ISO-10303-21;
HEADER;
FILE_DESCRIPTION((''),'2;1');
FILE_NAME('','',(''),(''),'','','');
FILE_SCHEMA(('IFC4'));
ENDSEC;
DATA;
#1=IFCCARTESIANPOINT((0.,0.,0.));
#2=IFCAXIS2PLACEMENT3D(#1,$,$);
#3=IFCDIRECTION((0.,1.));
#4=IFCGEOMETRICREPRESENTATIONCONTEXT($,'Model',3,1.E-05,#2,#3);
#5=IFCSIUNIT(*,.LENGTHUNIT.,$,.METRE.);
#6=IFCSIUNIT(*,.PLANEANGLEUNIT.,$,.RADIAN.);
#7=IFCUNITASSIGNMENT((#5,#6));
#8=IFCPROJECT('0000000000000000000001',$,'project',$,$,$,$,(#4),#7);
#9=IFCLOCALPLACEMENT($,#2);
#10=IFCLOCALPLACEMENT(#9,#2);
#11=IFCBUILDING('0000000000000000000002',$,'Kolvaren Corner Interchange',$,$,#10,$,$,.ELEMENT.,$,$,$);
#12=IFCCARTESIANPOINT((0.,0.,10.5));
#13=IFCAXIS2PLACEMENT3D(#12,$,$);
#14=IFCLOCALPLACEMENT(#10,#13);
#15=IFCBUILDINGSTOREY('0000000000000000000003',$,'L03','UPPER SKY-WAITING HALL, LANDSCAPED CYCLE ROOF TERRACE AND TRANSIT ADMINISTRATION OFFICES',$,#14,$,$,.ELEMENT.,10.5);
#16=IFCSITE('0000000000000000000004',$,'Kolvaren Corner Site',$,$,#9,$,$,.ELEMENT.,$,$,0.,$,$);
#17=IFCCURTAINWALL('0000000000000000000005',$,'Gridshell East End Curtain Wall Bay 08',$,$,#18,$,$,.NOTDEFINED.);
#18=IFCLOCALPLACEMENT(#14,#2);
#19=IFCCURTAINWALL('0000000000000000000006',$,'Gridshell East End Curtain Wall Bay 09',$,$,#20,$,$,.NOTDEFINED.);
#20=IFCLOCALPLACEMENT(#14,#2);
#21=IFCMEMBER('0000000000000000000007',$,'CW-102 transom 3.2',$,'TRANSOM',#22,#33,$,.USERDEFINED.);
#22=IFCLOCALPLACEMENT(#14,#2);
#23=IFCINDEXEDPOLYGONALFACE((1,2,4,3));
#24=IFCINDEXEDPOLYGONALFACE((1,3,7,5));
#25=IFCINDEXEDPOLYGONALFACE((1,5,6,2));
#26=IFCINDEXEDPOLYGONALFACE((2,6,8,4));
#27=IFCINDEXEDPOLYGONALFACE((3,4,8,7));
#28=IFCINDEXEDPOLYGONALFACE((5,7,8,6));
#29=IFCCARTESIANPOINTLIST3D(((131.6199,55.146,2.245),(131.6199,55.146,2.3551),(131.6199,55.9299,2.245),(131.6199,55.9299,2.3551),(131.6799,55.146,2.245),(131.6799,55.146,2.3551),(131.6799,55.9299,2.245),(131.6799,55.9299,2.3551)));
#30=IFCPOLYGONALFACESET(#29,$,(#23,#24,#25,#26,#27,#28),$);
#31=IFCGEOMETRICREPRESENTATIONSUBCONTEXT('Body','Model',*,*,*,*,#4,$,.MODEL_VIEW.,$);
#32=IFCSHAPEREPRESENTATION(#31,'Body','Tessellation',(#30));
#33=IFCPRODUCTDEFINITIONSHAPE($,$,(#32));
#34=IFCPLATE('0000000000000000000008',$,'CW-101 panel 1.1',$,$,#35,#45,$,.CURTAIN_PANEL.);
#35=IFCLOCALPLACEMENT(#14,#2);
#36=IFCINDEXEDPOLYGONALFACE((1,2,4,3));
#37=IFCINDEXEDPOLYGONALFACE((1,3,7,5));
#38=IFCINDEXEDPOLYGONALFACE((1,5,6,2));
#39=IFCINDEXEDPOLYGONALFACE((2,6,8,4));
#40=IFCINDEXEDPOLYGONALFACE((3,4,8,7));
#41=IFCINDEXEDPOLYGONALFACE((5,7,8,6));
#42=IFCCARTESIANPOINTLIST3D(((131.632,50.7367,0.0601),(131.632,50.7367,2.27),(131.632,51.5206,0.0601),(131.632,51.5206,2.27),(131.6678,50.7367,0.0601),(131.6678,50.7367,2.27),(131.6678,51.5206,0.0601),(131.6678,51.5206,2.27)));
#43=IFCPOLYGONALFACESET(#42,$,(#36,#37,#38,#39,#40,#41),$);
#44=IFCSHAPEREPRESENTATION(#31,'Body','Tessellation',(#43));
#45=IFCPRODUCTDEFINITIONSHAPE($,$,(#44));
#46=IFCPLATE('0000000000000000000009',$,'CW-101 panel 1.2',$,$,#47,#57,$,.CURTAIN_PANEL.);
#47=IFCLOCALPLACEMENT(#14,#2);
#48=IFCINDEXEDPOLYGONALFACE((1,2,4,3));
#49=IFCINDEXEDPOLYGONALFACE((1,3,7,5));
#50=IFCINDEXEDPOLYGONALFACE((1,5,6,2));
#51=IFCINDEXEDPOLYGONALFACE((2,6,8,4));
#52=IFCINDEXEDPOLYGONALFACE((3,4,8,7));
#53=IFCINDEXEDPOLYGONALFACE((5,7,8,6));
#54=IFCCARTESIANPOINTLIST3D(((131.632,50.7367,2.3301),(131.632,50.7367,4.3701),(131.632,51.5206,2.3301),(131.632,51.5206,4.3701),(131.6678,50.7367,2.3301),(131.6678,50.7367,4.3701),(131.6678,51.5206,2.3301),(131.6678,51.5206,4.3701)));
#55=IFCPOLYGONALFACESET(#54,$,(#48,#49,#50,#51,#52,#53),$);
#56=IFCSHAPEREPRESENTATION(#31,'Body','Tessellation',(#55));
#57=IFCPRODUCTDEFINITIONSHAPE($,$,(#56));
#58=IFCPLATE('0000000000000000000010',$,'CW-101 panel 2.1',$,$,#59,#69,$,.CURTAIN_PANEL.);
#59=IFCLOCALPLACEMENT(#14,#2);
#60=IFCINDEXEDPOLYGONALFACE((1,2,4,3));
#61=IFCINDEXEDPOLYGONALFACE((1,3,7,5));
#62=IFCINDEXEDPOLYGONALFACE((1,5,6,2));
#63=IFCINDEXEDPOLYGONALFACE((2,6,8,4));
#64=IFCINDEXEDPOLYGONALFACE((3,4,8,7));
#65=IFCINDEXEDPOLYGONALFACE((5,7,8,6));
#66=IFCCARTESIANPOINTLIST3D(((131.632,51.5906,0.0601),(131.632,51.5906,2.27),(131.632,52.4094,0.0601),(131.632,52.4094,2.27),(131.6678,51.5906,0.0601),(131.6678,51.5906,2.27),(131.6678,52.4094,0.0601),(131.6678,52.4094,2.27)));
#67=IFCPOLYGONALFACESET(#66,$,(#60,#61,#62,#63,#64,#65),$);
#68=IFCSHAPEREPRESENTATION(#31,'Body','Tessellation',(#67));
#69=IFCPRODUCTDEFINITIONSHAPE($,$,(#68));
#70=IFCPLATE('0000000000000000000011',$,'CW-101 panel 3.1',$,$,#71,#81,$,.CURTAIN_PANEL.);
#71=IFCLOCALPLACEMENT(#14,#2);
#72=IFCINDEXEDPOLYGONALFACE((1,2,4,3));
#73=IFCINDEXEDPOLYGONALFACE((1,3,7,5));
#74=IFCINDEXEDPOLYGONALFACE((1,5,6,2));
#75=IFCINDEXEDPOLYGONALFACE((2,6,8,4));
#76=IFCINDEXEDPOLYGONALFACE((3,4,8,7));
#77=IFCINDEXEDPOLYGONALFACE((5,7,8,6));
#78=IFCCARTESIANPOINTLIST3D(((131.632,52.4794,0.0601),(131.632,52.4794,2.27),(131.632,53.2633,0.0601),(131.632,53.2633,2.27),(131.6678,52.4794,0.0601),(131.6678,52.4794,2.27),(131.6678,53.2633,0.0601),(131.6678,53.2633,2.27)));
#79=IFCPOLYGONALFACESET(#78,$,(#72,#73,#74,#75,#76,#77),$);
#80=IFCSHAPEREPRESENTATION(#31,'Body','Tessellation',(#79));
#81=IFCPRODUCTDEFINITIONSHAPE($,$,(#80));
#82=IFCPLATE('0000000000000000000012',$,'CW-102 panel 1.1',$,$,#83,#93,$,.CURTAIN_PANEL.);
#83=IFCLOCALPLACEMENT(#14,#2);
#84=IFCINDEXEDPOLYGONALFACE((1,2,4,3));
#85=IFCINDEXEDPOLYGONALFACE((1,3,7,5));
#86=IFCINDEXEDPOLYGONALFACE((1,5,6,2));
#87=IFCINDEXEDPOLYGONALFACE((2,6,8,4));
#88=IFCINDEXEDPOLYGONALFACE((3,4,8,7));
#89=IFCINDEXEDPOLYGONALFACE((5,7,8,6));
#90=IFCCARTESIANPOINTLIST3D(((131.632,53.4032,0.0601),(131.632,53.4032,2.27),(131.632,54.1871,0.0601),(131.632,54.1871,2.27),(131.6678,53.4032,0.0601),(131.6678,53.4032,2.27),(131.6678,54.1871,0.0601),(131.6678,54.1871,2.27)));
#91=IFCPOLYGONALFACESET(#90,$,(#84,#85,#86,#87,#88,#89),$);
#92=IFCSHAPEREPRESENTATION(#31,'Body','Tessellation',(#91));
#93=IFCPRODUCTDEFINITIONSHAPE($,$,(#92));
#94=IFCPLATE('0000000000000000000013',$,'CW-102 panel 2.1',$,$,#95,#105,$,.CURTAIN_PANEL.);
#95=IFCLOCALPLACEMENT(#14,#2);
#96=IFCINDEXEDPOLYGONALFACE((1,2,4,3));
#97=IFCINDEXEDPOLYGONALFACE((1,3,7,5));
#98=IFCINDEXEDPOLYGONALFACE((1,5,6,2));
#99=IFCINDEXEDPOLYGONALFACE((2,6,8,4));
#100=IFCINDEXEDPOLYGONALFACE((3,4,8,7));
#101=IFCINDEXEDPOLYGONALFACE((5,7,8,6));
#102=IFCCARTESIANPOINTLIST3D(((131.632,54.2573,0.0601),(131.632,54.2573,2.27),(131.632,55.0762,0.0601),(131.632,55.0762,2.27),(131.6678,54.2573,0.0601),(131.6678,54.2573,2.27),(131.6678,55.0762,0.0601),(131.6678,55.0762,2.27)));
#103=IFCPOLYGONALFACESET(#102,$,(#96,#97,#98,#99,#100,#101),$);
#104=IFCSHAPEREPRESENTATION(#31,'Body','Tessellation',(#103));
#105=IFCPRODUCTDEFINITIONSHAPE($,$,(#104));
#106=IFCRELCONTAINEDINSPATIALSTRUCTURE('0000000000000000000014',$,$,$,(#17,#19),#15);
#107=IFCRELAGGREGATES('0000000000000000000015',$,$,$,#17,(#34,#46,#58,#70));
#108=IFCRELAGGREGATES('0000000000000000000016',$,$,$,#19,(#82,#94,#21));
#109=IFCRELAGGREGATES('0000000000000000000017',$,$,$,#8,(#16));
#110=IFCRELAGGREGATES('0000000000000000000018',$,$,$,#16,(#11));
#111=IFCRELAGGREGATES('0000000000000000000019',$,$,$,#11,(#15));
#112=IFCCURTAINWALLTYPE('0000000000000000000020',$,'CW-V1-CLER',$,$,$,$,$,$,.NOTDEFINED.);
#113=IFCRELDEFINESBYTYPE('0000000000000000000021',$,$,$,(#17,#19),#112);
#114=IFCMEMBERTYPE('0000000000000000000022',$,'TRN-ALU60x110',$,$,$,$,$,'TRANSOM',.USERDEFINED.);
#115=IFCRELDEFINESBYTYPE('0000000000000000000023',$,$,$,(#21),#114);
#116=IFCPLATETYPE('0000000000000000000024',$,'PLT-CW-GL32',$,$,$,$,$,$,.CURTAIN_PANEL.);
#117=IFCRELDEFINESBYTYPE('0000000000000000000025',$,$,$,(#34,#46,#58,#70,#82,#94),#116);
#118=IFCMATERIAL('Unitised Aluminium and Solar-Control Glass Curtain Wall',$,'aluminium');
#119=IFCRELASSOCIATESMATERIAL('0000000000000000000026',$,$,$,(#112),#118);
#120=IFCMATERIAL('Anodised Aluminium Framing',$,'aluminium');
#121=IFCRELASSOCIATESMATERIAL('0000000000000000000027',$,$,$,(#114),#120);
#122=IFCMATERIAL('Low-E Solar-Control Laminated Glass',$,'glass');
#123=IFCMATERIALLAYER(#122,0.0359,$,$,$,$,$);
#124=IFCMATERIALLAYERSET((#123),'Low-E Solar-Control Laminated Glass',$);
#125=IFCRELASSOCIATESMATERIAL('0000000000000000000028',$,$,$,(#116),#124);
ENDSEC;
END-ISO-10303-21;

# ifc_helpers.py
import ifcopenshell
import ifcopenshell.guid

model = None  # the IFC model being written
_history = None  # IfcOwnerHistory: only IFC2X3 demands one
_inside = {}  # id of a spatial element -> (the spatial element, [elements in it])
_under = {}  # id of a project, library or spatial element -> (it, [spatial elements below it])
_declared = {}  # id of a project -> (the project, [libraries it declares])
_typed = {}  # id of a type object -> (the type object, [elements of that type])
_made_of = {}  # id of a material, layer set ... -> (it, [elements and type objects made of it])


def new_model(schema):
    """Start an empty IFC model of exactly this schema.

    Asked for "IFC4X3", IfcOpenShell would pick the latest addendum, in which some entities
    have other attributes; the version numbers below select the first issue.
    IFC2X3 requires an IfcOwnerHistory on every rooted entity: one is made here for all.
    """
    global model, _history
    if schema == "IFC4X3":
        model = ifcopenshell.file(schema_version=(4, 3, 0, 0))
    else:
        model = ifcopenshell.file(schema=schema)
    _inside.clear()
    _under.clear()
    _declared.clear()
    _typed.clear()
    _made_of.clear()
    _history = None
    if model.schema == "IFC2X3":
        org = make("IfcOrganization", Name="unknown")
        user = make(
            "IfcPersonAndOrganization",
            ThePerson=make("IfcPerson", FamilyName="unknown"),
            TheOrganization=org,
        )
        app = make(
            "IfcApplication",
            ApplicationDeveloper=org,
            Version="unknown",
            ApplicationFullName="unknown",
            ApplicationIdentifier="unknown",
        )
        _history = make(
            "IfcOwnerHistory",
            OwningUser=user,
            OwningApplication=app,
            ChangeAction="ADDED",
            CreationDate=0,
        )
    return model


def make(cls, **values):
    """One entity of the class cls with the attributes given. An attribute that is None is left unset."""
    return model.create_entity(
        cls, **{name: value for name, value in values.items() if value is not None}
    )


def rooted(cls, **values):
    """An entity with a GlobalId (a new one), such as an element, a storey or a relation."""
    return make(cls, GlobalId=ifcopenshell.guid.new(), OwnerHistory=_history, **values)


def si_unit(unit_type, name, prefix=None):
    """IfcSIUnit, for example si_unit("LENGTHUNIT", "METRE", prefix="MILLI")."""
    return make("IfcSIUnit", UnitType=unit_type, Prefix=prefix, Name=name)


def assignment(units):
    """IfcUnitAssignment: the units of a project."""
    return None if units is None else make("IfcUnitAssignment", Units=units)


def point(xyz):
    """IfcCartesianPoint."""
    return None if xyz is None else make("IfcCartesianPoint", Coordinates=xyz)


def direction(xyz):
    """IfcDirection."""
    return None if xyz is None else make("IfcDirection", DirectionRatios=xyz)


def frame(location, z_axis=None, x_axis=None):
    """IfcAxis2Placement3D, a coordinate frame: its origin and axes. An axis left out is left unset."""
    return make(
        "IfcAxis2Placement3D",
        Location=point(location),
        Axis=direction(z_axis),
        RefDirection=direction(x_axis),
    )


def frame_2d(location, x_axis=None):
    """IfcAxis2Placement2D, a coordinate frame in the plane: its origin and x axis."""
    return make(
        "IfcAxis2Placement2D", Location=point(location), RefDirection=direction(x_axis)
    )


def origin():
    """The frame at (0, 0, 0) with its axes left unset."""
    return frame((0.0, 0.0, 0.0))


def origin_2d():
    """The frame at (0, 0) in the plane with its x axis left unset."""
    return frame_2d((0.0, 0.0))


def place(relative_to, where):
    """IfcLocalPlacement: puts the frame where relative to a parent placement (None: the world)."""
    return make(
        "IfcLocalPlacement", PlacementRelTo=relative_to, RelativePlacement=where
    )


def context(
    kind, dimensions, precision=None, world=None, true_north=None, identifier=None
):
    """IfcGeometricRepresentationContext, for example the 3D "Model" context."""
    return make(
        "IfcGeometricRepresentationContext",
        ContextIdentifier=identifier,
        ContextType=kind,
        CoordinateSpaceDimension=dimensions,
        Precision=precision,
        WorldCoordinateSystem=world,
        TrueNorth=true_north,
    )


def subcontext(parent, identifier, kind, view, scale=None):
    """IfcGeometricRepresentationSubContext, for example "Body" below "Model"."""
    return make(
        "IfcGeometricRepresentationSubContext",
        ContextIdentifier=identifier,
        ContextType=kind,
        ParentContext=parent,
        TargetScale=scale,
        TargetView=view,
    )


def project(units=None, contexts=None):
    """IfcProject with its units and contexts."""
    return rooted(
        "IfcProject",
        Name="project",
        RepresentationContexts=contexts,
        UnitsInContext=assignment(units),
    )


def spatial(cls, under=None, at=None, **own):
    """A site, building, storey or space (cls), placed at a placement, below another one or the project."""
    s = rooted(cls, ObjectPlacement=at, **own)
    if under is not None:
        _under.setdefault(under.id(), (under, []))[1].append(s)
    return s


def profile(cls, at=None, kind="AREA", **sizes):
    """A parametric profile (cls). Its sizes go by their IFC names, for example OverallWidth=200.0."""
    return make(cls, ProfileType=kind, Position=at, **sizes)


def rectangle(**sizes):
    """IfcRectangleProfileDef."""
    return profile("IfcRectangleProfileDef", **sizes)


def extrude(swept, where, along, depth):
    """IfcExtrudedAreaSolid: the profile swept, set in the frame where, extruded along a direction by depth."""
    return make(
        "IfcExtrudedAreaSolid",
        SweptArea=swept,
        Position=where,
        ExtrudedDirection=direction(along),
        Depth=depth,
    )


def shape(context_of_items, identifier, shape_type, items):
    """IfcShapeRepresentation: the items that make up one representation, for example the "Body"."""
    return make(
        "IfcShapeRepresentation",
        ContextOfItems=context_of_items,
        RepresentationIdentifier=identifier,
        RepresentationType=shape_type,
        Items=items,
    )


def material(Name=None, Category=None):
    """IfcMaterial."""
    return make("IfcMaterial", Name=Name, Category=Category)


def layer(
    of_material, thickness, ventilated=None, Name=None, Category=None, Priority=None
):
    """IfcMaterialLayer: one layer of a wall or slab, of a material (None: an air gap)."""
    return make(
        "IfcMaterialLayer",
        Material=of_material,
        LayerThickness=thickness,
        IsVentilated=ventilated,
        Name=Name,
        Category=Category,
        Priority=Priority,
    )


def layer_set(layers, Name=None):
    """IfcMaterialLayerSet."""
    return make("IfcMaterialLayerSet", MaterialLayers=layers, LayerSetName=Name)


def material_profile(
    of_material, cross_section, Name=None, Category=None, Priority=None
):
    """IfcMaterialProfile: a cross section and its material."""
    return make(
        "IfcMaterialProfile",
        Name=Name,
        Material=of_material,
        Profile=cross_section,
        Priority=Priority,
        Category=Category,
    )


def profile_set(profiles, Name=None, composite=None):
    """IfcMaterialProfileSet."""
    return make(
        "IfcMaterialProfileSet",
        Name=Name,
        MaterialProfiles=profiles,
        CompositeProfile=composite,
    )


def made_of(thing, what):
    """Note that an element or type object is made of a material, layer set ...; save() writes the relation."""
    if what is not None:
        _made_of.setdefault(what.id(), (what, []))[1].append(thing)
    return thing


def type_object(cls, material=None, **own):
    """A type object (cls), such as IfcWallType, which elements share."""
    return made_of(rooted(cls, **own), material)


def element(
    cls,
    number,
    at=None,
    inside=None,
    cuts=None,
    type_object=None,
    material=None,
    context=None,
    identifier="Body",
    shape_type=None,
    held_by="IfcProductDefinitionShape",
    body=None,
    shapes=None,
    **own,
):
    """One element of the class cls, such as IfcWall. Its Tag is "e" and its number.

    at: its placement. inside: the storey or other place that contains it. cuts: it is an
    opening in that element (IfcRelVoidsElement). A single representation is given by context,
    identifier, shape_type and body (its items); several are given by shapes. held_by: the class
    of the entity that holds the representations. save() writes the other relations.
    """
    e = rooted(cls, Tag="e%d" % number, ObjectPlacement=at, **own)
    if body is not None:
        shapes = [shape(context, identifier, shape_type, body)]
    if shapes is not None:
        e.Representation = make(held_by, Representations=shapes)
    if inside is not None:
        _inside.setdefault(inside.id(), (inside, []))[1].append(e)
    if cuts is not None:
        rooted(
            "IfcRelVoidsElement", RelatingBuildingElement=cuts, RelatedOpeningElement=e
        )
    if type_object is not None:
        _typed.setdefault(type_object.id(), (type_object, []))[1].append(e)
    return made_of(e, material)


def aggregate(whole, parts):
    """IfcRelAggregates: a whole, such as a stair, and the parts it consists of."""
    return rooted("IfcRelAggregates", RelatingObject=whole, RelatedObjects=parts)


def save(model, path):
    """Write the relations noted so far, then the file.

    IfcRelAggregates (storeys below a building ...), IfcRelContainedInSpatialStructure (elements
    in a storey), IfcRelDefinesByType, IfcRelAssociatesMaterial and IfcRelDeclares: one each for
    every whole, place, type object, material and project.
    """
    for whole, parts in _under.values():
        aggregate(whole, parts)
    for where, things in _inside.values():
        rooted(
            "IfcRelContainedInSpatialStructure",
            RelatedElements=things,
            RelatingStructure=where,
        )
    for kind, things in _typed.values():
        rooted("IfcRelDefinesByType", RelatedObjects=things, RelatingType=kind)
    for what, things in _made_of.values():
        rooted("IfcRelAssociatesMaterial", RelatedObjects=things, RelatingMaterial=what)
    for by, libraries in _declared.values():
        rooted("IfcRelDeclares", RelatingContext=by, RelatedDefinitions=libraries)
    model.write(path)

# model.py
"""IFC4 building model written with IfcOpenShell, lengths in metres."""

from ifc_helpers import new_model, si_unit, direction, frame, origin, origin_2d, place, context, subcontext, project, spatial, rectangle, extrude, material, layer, layer_set, material_profile, profile_set, type_object, element, aggregate, save


model = new_model("IFC4")

# Units and contexts
model_context = context("Model", 3, precision=1e-05, world=origin(), true_north=direction((0.0, 1.0)))
body_context = subcontext(model_context, "Body", "Model", "MODEL_VIEW")
ifc_project = project(units=[si_unit("LENGTHUNIT", "METRE"), si_unit("PLANEANGLEUNIT", "RADIAN")], contexts=[model_context])

# Site, building, storey
site_placement = place(None, origin())
site = spatial("IfcSite", under=ifc_project, at=site_placement, Name="Kolvaren Corner Site", CompositionType="ELEMENT", RefElevation=0.0)
building_placement = place(site_placement, origin())
building = spatial("IfcBuilding", under=site, at=building_placement, Name="Kolvaren Corner Interchange", CompositionType="ELEMENT")
storey_placement = place(building_placement, frame((0.0, 0.0, 10.5)))
storey = spatial("IfcBuildingStorey", under=building, at=storey_placement, Name="L03", Description="UPPER SKY-WAITING HALL, LANDSCAPED CYCLE ROOF TERRACE AND TRANSIT ADMINISTRATION OFFICES", CompositionType="ELEMENT", Elevation=10.5)

# Curtain walls
ifc_material_1 = material(Name="Unitised Aluminium and Solar-Control Glass Curtain Wall", Category="aluminium")
curtain_wall_type = type_object("IfcCurtainWallType", Name="CW-V1-CLER", PredefinedType="NOTDEFINED", material=ifc_material_1)
curtain_wall_1_placement = place(storey_placement, origin())
curtain_wall_1 = element("IfcCurtainWall", 1, at=curtain_wall_1_placement, inside=storey, type_object=curtain_wall_type, Name="Gridshell East End Curtain Wall Bay 08", PredefinedType="NOTDEFINED")
curtain_wall_2_placement = place(storey_placement, origin())
curtain_wall_2 = element("IfcCurtainWall", 2, at=curtain_wall_2_placement, inside=storey, type_object=curtain_wall_type, Name="Gridshell East End Curtain Wall Bay 09", PredefinedType="NOTDEFINED")

# Member
ifc_material_2 = material(Name="Anodised Aluminium Framing", Category="aluminium")
ifc_material_profile_1 = material_profile(ifc_material_2, rectangle(XDim=0.0601, YDim=0.1101, at=origin_2d()), Name="ALU 60x110")
ifc_profile_set_1 = profile_set([ifc_material_profile_1], Name="Anodised Aluminium Framing")
member_type_1 = type_object("IfcMemberType", Name="TRN-ALU60x110", ElementType="TRANSOM", PredefinedType="USERDEFINED", material=ifc_profile_set_1)
member_1_placement = place(storey_placement, frame((131.6499, 55.146, 2.3), z_axis=(0.0, 1.0, 0.0), x_axis=(-1.0, 0.0, 0.0)))
member_1 = element("IfcMember", 3, at=member_1_placement, type_object=member_type_1, Name="CW-102 transom 3.2", ObjectType="TRANSOM", PredefinedType="USERDEFINED", context=body_context, shape_type="SweptSolid", body=[
    extrude(rectangle(XDim=0.0601, YDim=0.1101, at=origin_2d()), origin(), (0.0, 0.0, 1.0), 0.7839),
])

# Plates
ifc_material_3 = material(Name="Low-E Solar-Control Laminated Glass", Category="glass")
ifc_layer = layer(ifc_material_3, 0.0359)
ifc_layer_set = layer_set([ifc_layer], Name="Low-E Solar-Control Laminated Glass")
plate_type = type_object("IfcPlateType", Name="PLT-CW-GL32", PredefinedType="CURTAIN_PANEL", material=ifc_layer_set)
plate_1_placement = place(storey_placement, frame((131.6499, 51.1287, 0.0601), z_axis=(0.0, 0.0, 1.0), x_axis=(0.0, 1.0, 0.0)))
plate_1 = element("IfcPlate", 4, at=plate_1_placement, type_object=plate_type, Name="CW-101 panel 1.1", PredefinedType="CURTAIN_PANEL", context=body_context, shape_type="SweptSolid", body=[
    extrude(rectangle(XDim=0.7839, YDim=0.0359, at=origin_2d()), origin(), (0.0, 0.0, 1.0), 2.21),
])
plate_2_placement = place(storey_placement, frame((131.6499, 51.1287, 2.3301), z_axis=(0.0, 0.0, 1.0), x_axis=(0.0, 1.0, 0.0)))
plate_2 = element("IfcPlate", 5, at=plate_2_placement, type_object=plate_type, Name="CW-101 panel 1.2", PredefinedType="CURTAIN_PANEL", context=body_context, shape_type="SweptSolid", body=[
    extrude(rectangle(XDim=0.7839, YDim=0.0359, at=origin_2d()), origin(), (0.0, 0.0, 1.0), 2.04),
])
plate_3_placement = place(storey_placement, frame((131.6499, 52.0, 0.0601), z_axis=(0.0, 0.0, 1.0), x_axis=(0.0, 1.0, 0.0)))
plate_3 = element("IfcPlate", 6, at=plate_3_placement, type_object=plate_type, Name="CW-101 panel 2.1", PredefinedType="CURTAIN_PANEL", context=body_context, shape_type="SweptSolid", body=[
    extrude(rectangle(XDim=0.8188, YDim=0.0359, at=origin_2d()), origin(), (0.0, 0.0, 1.0), 2.21),
])
plate_4_placement = place(storey_placement, frame((131.6499, 52.8713, 0.0601), z_axis=(0.0, 0.0, 1.0), x_axis=(0.0, 1.0, 0.0)))
plate_4 = element("IfcPlate", 7, at=plate_4_placement, type_object=plate_type, Name="CW-101 panel 3.1", PredefinedType="CURTAIN_PANEL", context=body_context, shape_type="SweptSolid", body=[
    extrude(rectangle(XDim=0.7839, YDim=0.0359, at=origin_2d()), origin(), (0.0, 0.0, 1.0), 2.21),
])
aggregate(curtain_wall_1, [plate_1, plate_2, plate_3, plate_4])
plate_5_placement = place(storey_placement, frame((131.6499, 53.7952, 0.0601), z_axis=(0.0, 0.0, 1.0), x_axis=(0.0, 1.0, 0.0)))
plate_5 = element("IfcPlate", 8, at=plate_5_placement, type_object=plate_type, Name="CW-102 panel 1.1", PredefinedType="CURTAIN_PANEL", context=body_context, shape_type="SweptSolid", body=[
    extrude(rectangle(XDim=0.7839, YDim=0.0359, at=origin_2d()), origin(), (0.0, 0.0, 1.0), 2.21),
])
plate_6_placement = place(storey_placement, frame((131.6499, 54.6667, 0.0601), z_axis=(0.0, 0.0, 1.0), x_axis=(0.0, 1.0, 0.0)))
plate_6 = element("IfcPlate", 9, at=plate_6_placement, type_object=plate_type, Name="CW-102 panel 2.1", PredefinedType="CURTAIN_PANEL", context=body_context, shape_type="SweptSolid", body=[
    extrude(rectangle(XDim=0.8188, YDim=0.0359, at=origin_2d()), origin(), (0.0, 0.0, 1.0), 2.21),
])
aggregate(curtain_wall_2, [plate_5, plate_6, member_1])

save(model, "model.ifc")
